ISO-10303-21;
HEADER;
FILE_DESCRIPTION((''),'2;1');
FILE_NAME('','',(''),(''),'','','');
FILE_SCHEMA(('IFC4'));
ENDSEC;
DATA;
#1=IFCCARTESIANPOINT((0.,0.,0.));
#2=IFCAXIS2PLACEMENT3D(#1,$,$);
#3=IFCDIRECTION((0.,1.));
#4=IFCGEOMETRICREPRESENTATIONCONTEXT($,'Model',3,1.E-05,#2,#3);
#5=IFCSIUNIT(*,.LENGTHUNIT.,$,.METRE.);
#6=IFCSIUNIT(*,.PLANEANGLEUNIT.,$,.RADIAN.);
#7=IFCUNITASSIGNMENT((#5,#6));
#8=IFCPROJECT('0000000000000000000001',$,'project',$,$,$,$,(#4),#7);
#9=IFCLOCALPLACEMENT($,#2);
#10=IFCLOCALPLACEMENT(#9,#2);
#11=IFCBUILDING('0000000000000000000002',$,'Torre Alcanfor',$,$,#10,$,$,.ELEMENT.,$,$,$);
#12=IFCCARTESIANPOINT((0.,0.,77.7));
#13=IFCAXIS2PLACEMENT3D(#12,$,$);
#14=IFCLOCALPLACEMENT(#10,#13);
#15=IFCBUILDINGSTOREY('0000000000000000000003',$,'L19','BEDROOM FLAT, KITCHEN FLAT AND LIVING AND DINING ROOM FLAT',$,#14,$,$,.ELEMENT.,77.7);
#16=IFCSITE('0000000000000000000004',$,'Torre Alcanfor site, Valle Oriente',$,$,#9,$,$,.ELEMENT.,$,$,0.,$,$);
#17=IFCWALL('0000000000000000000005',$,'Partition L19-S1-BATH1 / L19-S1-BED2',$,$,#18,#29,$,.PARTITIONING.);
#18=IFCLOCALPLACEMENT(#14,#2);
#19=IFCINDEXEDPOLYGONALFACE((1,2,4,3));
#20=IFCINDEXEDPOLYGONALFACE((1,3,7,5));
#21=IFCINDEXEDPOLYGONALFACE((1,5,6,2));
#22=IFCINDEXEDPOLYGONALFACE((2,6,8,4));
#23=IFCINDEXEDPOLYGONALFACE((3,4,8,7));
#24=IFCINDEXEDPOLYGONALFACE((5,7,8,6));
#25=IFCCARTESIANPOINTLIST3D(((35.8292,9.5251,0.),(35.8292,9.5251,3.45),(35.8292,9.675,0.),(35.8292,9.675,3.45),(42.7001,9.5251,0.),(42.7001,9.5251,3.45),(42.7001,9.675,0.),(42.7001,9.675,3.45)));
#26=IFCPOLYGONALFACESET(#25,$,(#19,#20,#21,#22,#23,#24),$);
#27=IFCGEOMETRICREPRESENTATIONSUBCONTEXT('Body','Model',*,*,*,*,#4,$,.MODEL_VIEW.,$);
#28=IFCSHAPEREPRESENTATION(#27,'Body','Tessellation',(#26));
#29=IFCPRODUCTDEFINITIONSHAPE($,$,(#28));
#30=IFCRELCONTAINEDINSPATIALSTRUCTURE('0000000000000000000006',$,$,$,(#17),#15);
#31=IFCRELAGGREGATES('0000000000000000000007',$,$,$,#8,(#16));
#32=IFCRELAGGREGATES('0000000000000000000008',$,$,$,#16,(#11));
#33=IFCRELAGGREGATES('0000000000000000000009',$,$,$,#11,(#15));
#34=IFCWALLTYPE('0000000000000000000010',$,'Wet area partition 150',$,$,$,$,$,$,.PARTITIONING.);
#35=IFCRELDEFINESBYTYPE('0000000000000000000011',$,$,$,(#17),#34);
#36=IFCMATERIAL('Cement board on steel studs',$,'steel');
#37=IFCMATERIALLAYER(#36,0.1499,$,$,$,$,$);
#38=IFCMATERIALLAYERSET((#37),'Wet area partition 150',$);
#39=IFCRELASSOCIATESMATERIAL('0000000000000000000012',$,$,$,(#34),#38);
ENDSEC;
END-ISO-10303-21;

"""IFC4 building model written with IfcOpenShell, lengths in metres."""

from ifc_helpers import new_model, si_unit, direction, frame, frame_2d, origin, place, context, subcontext, project, spatial, rectangle, extrude, material, layer, layer_set, type_object, element, save


model = new_model("IFC4")

# Units and contexts
model_context = context("Model", 3, precision=1e-05, world=origin(), true_north=direction((0.0, 1.0)))
body_context = subcontext(model_context, "Body", "Model", "MODEL_VIEW")
ifc_project = project(units=[si_unit("LENGTHUNIT", "METRE"), si_unit("PLANEANGLEUNIT", "RADIAN")], contexts=[model_context])

# Site, building, storey
site_placement = place(None, origin())
site = spatial("IfcSite", under=ifc_project, at=site_placement, Name="Torre Alcanfor site, Valle Oriente", CompositionType="ELEMENT", RefElevation=0.0)
building_placement = place(site_placement, origin())
building = spatial("IfcBuilding", under=site, at=building_placement, Name="Torre Alcanfor", CompositionType="ELEMENT")
storey_placement = place(building_placement, frame((0.0, 0.0, 77.7)))
storey = spatial("IfcBuildingStorey", under=building, at=storey_placement, Name="L19", Description="BEDROOM FLAT, KITCHEN FLAT AND LIVING AND DINING ROOM FLAT", CompositionType="ELEMENT", Elevation=77.7)

# Shared definitions
ifc_material_1 = material(Name="Cement board on steel studs", Category="steel")
ifc_layer_1 = layer(ifc_material_1, 0.1499)
ifc_layer_set_1 = layer_set([ifc_layer_1], Name="Wet area partition 150")
wall_type_1 = type_object("IfcWallType", Name="Wet area partition 150", PredefinedType="PARTITIONING", material=ifc_layer_set_1)

# Wall
for number, where, z_axis, x_axis, name in (
    (1, (35.8291, 9.6001, 0.0), (0.0, 0.0, 1.0), (1.0, 0.0, 0.0), "Partition L19-S1-BATH1 / L19-S1-BED2"),
):
    element("IfcWall", number, at=place(storey_placement, frame(where, z_axis=z_axis, x_axis=x_axis)), inside=storey, type_object=wall_type_1, Name=name, PredefinedType="PARTITIONING", context=body_context, shape_type="SweptSolid", body=[
        extrude(rectangle(XDim=6.8708, YDim=0.1499, at=frame_2d((3.4355, 0.0))), origin(), (0.0, 0.0, 1.0), 3.45),
    ])

save(model, "model.ifc")
